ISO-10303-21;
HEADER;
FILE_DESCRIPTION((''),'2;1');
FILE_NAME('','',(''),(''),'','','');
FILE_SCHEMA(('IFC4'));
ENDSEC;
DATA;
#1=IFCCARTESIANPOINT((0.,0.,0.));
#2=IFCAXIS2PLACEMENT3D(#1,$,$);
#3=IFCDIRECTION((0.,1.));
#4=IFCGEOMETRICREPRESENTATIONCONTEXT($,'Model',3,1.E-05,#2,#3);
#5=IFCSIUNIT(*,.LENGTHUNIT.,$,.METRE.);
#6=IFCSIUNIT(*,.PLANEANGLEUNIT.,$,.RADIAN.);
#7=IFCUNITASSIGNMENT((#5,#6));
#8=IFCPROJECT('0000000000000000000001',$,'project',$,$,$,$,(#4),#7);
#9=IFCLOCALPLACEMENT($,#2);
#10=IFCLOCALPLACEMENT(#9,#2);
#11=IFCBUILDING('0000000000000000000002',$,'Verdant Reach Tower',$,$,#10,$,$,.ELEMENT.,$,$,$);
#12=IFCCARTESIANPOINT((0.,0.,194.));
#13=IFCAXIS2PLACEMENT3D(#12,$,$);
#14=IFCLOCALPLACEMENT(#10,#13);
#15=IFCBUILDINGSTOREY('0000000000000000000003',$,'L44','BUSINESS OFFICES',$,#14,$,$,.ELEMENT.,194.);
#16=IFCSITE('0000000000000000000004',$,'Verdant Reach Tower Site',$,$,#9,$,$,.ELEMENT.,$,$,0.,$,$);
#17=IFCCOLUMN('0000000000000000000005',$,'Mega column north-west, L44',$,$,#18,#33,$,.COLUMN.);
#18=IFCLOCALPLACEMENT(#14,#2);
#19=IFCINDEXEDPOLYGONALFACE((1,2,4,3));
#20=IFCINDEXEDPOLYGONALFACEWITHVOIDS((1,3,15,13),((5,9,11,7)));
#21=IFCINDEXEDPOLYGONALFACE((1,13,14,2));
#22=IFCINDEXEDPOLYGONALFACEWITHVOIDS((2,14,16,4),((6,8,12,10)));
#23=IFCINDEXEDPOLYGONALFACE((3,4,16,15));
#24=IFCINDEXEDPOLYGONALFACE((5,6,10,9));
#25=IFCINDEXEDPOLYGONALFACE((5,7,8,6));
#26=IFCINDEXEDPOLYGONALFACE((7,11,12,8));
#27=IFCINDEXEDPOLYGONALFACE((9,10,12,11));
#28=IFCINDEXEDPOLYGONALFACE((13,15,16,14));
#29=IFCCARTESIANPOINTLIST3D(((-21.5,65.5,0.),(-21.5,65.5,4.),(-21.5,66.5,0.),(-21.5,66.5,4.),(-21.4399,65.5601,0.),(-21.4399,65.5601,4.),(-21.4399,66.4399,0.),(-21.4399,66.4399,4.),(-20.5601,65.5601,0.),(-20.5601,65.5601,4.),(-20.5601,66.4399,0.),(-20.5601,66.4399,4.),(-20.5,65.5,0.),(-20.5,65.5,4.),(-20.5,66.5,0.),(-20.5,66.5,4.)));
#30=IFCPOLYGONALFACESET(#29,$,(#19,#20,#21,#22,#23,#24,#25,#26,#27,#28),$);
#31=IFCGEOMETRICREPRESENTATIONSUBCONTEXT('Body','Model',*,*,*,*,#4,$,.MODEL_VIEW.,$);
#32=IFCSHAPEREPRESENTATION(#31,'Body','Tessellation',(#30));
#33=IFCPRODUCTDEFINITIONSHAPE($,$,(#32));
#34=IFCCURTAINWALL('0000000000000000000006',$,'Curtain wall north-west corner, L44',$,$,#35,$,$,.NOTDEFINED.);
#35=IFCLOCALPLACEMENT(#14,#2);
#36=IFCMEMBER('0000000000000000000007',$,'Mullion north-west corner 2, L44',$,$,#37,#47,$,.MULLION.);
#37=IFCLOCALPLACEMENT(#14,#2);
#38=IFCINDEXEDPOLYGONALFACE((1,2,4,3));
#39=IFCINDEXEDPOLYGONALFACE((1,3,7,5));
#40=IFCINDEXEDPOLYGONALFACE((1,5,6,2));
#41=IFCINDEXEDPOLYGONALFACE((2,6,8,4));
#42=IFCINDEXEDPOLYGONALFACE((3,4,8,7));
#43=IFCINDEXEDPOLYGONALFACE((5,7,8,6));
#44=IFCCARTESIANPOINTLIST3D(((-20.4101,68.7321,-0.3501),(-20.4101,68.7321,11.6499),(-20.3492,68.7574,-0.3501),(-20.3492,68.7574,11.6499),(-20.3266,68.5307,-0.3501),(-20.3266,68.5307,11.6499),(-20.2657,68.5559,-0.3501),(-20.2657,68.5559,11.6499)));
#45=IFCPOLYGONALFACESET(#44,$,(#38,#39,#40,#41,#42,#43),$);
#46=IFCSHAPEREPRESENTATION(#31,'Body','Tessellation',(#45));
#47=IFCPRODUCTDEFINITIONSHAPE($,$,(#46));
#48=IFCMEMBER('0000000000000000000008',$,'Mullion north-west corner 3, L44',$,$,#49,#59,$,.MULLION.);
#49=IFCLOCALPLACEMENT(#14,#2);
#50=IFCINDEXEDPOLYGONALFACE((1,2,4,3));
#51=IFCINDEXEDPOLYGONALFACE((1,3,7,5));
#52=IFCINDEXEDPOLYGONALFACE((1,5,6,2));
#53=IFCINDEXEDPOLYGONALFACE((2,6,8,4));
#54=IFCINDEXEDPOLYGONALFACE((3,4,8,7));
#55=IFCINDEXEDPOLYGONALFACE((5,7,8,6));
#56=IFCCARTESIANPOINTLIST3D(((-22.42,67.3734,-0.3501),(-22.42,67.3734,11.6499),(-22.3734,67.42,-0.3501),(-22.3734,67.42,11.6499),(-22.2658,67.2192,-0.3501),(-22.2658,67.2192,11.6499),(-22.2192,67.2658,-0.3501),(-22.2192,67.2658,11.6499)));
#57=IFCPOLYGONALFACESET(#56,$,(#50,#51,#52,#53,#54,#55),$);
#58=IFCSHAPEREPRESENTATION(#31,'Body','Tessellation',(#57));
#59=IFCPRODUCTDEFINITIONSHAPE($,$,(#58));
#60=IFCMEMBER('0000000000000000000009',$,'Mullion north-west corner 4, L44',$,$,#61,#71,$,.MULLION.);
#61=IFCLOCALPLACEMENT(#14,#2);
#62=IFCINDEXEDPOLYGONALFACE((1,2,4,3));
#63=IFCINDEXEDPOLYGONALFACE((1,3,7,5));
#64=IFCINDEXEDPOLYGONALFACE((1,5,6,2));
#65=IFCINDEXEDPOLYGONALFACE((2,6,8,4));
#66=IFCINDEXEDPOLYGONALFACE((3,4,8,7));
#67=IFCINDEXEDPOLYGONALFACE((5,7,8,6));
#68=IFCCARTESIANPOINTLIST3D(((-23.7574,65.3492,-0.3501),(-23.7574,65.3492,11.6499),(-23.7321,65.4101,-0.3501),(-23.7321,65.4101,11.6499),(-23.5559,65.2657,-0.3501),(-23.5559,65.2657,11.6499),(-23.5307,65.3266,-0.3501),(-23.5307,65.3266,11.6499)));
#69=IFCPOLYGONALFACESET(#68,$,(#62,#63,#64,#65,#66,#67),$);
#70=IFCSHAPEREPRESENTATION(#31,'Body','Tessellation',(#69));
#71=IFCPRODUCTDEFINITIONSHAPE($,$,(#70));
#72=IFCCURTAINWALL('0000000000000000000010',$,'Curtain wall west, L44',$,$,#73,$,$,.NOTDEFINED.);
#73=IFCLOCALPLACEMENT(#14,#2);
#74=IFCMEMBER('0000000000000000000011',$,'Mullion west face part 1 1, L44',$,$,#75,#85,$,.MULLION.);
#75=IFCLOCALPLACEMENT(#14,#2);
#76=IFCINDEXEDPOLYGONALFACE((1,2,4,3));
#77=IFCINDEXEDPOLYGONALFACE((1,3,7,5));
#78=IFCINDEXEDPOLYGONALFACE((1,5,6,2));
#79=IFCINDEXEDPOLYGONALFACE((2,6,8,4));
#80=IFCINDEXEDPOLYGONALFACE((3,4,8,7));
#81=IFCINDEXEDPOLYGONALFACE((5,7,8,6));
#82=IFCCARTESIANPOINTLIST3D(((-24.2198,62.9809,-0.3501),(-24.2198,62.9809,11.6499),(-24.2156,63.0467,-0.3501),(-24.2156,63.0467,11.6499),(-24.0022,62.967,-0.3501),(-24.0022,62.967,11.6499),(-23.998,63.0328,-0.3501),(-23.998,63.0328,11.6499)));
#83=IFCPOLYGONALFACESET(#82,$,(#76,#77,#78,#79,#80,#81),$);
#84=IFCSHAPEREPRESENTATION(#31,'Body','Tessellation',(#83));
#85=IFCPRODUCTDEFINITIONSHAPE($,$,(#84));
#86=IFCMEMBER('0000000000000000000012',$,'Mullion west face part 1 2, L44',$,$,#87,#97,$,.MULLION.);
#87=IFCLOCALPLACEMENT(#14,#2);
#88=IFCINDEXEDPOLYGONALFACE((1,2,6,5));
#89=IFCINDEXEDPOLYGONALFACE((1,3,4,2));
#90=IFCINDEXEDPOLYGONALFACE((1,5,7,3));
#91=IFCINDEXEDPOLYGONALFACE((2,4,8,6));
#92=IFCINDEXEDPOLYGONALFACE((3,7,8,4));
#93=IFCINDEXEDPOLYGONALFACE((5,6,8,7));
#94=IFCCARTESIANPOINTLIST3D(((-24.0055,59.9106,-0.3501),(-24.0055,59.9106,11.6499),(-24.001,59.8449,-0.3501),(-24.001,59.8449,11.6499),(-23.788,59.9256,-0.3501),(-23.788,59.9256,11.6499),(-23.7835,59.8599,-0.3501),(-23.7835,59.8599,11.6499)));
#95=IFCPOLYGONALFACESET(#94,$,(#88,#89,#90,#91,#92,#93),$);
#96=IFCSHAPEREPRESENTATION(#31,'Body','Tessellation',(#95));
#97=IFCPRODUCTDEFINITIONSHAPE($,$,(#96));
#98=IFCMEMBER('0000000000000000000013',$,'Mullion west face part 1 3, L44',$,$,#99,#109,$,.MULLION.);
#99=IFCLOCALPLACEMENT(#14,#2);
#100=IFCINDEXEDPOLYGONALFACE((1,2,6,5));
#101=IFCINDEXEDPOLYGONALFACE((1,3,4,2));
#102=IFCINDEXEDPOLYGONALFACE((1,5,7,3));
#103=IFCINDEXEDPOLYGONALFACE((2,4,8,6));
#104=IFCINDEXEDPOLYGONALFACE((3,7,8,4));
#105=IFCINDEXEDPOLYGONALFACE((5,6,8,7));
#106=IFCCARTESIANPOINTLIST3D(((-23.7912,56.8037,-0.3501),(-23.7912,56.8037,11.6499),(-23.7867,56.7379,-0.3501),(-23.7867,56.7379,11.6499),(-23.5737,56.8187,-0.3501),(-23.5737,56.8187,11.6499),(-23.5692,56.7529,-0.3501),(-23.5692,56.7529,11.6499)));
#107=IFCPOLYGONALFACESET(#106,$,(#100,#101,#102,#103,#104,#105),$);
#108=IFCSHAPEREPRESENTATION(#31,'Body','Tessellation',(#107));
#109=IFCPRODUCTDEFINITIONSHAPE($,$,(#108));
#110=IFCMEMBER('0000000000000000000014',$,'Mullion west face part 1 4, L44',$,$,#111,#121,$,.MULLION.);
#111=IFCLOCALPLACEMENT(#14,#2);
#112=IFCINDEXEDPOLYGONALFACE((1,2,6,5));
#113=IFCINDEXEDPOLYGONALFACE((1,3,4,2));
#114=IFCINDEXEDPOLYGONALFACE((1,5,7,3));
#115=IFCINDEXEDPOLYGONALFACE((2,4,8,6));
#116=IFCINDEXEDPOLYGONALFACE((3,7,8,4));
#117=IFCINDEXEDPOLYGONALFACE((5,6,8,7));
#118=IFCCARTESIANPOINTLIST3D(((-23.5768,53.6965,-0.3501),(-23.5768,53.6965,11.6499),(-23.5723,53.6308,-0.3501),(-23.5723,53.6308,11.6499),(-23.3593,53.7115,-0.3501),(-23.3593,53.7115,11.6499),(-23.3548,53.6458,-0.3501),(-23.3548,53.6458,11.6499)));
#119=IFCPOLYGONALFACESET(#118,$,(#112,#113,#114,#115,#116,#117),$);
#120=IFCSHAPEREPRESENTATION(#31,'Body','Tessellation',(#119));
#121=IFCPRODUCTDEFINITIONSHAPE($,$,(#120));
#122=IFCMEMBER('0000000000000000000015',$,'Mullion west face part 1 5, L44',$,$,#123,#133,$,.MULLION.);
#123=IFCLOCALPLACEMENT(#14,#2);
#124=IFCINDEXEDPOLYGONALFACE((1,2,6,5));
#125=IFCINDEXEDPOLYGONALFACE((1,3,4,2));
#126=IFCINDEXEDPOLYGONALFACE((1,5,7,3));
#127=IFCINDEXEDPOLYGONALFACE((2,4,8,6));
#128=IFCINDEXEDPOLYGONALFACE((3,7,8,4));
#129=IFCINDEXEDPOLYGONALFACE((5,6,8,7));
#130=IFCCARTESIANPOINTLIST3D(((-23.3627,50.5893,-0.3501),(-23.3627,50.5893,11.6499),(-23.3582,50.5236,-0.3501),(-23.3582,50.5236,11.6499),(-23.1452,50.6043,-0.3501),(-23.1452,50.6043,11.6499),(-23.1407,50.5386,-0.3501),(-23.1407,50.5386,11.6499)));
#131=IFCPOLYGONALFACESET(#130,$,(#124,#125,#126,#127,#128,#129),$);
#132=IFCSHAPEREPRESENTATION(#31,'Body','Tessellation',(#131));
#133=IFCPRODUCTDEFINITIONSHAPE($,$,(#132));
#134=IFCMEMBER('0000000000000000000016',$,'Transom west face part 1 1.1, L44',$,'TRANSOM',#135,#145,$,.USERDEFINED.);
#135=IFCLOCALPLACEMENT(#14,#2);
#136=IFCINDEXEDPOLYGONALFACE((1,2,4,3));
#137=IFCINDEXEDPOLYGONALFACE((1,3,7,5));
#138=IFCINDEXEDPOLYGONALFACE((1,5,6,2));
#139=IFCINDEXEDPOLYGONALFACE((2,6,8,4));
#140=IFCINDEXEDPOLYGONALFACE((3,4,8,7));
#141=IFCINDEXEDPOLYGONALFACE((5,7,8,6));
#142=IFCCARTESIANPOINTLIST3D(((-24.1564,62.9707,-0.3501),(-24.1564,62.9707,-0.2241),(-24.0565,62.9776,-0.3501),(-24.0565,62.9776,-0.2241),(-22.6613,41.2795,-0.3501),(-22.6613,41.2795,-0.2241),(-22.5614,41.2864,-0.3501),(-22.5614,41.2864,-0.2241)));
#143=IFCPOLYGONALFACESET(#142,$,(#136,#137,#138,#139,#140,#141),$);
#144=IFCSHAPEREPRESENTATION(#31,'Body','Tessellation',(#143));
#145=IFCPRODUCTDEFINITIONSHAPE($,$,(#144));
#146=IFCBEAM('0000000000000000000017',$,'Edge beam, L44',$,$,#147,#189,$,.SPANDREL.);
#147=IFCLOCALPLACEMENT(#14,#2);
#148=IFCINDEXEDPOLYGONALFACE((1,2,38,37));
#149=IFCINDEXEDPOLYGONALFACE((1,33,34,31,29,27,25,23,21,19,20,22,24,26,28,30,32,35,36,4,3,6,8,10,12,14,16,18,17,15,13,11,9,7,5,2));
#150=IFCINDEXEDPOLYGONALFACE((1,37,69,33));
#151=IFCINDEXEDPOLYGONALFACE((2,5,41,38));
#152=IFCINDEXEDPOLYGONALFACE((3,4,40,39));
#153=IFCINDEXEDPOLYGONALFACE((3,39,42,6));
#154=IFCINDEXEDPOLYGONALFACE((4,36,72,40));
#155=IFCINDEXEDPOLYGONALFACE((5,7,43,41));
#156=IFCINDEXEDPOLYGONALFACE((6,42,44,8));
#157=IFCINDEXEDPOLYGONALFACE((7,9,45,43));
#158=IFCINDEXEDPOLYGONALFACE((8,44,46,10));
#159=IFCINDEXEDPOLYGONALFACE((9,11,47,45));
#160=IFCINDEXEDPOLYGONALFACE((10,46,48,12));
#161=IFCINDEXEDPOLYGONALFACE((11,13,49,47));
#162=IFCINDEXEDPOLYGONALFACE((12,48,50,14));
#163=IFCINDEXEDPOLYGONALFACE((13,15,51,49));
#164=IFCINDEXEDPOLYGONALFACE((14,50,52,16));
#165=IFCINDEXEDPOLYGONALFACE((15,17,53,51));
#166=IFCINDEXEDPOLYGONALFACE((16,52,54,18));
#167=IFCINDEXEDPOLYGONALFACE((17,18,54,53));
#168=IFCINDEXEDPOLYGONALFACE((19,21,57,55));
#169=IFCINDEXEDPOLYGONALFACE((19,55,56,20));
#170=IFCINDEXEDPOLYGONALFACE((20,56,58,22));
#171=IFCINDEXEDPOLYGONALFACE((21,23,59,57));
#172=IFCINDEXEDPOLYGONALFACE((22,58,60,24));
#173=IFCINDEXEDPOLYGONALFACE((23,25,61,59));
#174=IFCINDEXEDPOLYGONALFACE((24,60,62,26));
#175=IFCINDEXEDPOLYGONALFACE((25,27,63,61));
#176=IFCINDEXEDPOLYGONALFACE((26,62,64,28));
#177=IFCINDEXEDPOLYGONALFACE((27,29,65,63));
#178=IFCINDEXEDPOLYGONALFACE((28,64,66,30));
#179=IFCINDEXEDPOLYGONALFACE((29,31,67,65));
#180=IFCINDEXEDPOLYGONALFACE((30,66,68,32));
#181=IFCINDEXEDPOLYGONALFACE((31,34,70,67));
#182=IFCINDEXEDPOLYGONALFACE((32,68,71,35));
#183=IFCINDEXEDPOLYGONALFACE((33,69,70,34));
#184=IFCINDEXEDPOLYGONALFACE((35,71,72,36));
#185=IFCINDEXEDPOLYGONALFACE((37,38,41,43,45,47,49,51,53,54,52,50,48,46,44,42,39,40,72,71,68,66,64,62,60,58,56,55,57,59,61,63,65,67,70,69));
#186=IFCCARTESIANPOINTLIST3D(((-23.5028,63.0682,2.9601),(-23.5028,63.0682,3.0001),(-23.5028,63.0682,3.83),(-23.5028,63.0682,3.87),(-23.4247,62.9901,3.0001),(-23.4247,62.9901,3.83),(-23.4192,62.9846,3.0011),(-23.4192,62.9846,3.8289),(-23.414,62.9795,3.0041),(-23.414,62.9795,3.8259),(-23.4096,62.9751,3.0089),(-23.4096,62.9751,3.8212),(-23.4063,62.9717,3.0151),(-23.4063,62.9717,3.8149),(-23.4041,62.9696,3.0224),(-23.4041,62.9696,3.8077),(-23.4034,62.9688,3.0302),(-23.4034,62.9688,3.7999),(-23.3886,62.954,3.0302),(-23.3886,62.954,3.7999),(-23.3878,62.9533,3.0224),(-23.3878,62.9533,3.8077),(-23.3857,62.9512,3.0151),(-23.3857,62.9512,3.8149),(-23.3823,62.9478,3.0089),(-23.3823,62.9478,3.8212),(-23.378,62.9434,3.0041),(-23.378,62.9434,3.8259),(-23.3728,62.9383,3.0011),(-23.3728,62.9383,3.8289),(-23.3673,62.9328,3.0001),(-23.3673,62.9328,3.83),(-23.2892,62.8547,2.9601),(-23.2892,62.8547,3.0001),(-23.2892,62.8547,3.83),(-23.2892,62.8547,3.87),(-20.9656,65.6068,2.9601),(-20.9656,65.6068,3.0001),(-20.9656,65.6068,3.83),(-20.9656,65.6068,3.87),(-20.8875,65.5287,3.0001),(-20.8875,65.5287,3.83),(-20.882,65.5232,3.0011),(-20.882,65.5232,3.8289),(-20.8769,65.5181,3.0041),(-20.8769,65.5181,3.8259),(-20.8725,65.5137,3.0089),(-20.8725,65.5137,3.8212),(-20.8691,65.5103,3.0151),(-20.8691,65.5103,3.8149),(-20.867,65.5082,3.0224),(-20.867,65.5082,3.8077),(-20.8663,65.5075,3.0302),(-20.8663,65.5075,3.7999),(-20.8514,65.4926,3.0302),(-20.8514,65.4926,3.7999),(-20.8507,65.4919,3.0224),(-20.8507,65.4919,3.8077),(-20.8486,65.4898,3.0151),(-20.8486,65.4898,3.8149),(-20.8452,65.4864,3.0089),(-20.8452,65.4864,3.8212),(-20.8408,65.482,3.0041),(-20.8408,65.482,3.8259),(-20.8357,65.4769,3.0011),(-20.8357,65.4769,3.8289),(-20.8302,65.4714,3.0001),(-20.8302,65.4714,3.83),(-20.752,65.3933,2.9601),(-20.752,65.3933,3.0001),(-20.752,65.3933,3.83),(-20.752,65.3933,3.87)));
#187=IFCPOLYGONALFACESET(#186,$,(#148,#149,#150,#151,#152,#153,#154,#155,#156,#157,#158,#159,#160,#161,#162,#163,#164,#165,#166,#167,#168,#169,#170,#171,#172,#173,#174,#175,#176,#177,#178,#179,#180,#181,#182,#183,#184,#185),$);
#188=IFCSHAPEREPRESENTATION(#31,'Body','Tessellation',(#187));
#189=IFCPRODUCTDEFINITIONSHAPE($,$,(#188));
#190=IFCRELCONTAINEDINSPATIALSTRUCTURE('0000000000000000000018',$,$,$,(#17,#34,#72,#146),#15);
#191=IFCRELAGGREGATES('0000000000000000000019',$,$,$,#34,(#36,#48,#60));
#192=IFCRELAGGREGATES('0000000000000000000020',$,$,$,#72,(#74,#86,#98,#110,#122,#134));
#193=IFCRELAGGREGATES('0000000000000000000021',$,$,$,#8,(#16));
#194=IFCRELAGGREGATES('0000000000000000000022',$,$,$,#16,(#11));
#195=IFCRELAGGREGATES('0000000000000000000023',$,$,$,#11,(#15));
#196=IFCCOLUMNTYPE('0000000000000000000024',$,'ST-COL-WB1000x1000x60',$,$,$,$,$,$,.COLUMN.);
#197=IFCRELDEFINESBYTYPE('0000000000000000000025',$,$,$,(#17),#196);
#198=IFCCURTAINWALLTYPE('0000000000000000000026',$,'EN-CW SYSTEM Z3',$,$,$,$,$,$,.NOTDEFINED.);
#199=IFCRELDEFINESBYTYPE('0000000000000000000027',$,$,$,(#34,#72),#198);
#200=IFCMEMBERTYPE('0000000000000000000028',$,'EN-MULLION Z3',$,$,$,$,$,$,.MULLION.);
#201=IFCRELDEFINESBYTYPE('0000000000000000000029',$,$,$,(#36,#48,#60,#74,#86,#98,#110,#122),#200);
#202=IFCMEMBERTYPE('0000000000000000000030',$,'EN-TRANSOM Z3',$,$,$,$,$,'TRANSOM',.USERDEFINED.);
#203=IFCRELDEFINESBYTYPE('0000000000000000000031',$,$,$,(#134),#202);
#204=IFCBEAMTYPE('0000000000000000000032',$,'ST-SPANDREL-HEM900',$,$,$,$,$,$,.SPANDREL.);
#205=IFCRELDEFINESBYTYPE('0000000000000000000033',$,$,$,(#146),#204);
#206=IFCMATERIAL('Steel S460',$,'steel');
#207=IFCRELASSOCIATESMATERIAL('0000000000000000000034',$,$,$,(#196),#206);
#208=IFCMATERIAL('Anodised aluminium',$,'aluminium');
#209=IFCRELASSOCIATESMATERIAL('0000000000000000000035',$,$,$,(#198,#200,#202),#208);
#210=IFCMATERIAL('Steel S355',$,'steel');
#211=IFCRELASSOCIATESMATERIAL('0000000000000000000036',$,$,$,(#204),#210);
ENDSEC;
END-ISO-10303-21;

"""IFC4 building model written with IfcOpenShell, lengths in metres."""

from ifc_helpers import new_model, si_unit, direction, frame, origin, origin_2d, place, context, subcontext, project, spatial, rectangle, hollow_rectangle, i_section, extrude, material, material_profile, profile_set, type_object, element, aggregate, save


model = new_model("IFC4")

# Units and contexts
model_context = context("Model", 3, precision=1e-05, world=origin(), true_north=direction((0.0, 1.0)))
body_context = subcontext(model_context, "Body", "Model", "MODEL_VIEW")
ifc_project = project(units=[si_unit("LENGTHUNIT", "METRE"), si_unit("PLANEANGLEUNIT", "RADIAN")], contexts=[model_context])

# Site, building, storey
site_placement = place(None, origin())
site = spatial("IfcSite", under=ifc_project, at=site_placement, Name="Verdant Reach Tower Site", CompositionType="ELEMENT", RefElevation=0.0)
building_placement = place(site_placement, origin())
building = spatial("IfcBuilding", under=site, at=building_placement, Name="Verdant Reach Tower", CompositionType="ELEMENT")
storey_placement = place(building_placement, frame((0.0, 0.0, 194.0)))
storey = spatial("IfcBuildingStorey", under=building, at=storey_placement, Name="L44", Description="BUSINESS OFFICES", CompositionType="ELEMENT", Elevation=194.0)

# Column
ifc_material_1 = material(Name="Steel S460", Category="steel")
ifc_material_profile_1 = material_profile(ifc_material_1, hollow_rectangle(XDim=1.0, YDim=1.0, WallThickness=0.0601, at=origin_2d()), Name="WB 1000x1000x60")
ifc_profile_set_1 = profile_set([ifc_material_profile_1], Name="Steel S460")
column_type = type_object("IfcColumnType", Name="ST-COL-WB1000x1000x60", PredefinedType="COLUMN", material=ifc_profile_set_1)
column_placement = place(storey_placement, frame((-21.0, 66.0, 0.0), z_axis=(0.0, 0.0, 1.0), x_axis=(1.0, 0.0, 0.0)))
element("IfcColumn", 1, at=column_placement, inside=storey, type_object=column_type, Name="Mega column north-west, L44", PredefinedType="COLUMN", context=body_context, shape_type="SweptSolid", body=[
    extrude(hollow_rectangle(XDim=1.0, YDim=1.0, WallThickness=0.0601, at=origin_2d()), origin(), (0.0, 0.0, 1.0), 4.0),
])

# Curtain walls, members
ifc_material_2 = material(Name="Anodised aluminium", Category="aluminium")
curtain_wall_type = type_object("IfcCurtainWallType", Name="EN-CW SYSTEM Z3", PredefinedType="NOTDEFINED", material=ifc_material_2)
curtain_wall_1_placement = place(storey_placement, origin())
curtain_wall_1 = element("IfcCurtainWall", 2, at=curtain_wall_1_placement, inside=storey, type_object=curtain_wall_type, Name="Curtain wall north-west corner, L44", PredefinedType="NOTDEFINED")
ifc_material_profile_2 = material_profile(ifc_material_2, rectangle(XDim=0.218, YDim=0.0659, at=origin_2d()), Name="Mullion 66x218")
ifc_profile_set_2 = profile_set([ifc_material_profile_2], Name="Anodised aluminium")
member_type_1 = type_object("IfcMemberType", Name="EN-MULLION Z3", PredefinedType="MULLION", material=ifc_profile_set_2)
member_1_placement = place(storey_placement, frame((-20.3379, 68.644, -0.3501), z_axis=(0.0, 0.0, 1.0), x_axis=(-0.382694, 0.923875, 0.0)))
member_1 = element("IfcMember", 3, at=member_1_placement, type_object=member_type_1, Name="Mullion north-west corner 2, L44", PredefinedType="MULLION", context=body_context, shape_type="SweptSolid", body=[
    extrude(rectangle(XDim=0.218, YDim=0.0659, at=origin_2d()), origin(), (0.0, 0.0, 1.0), 12.0),
])
member_2_placement = place(storey_placement, frame((-22.3196, 67.3196, -0.3501), z_axis=(0.0, 0.0, 1.0), x_axis=(-0.707107, 0.707107, 0.0)))
member_2 = element("IfcMember", 4, at=member_2_placement, type_object=member_type_1, Name="Mullion north-west corner 3, L44", PredefinedType="MULLION", context=body_context, shape_type="SweptSolid", body=[
    extrude(rectangle(XDim=0.218, YDim=0.0659, at=origin_2d()), origin(), (0.0, 0.0, 1.0), 12.0),
])
member_3_placement = place(storey_placement, frame((-23.644, 65.3379, -0.3501), z_axis=(0.0, 0.0, 1.0), x_axis=(-0.923875, 0.382694, 0.0)))
member_3 = element("IfcMember", 5, at=member_3_placement, type_object=member_type_1, Name="Mullion north-west corner 4, L44", PredefinedType="MULLION", context=body_context, shape_type="SweptSolid", body=[
    extrude(rectangle(XDim=0.218, YDim=0.0659, at=origin_2d()), origin(), (0.0, 0.0, 1.0), 12.0),
])
curtain_wall_2_placement = place(storey_placement, origin())
curtain_wall_2 = element("IfcCurtainWall", 6, at=curtain_wall_2_placement, inside=storey, type_object=curtain_wall_type, Name="Curtain wall west, L44", PredefinedType="NOTDEFINED")
member_4_placement = place(storey_placement, frame((-24.1089, 63.0068, -0.3501), z_axis=(0.0, 0.0, 1.0), x_axis=(-0.997969, 0.063699, 0.0)))
member_4 = element("IfcMember", 7, at=member_4_placement, type_object=member_type_1, Name="Mullion west face part 1 1, L44", PredefinedType="MULLION", context=body_context, shape_type="SweptSolid", body=[
    extrude(rectangle(XDim=0.218, YDim=0.0659, at=origin_2d()), origin(), (0.0, 0.0, 1.0), 12.0),
])
member_5_placement = place(storey_placement, frame((-23.8945, 59.8853, -0.3501), z_axis=(0.0, 0.0, 1.0), x_axis=(-0.99763, -0.068802, 0.0)))
member_5 = element("IfcMember", 8, at=member_5_placement, type_object=member_type_1, Name="Mullion west face part 1 2, L44", PredefinedType="MULLION", context=body_context, shape_type="SweptSolid", body=[
    extrude(rectangle(XDim=0.218, YDim=0.0659, at=origin_2d()), origin(), (0.0, 0.0, 1.0), 12.0),
])
member_6_placement = place(storey_placement, frame((-23.6802, 56.7783, -0.3501), z_axis=(0.0, 0.0, 1.0), x_axis=(-0.99763, -0.068802, 0.0)))
member_6 = element("IfcMember", 9, at=member_6_placement, type_object=member_type_1, Name="Mullion west face part 1 3, L44", PredefinedType="MULLION", context=body_context, shape_type="SweptSolid", body=[
    extrude(rectangle(XDim=0.218, YDim=0.0659, at=origin_2d()), origin(), (0.0, 0.0, 1.0), 12.0),
])
member_7_placement = place(storey_placement, frame((-23.4658, 53.6711, -0.3501), z_axis=(0.0, 0.0, 1.0), x_axis=(-0.99763, -0.068802, 0.0)))
member_7 = element("IfcMember", 10, at=member_7_placement, type_object=member_type_1, Name="Mullion west face part 1 4, L44", PredefinedType="MULLION", context=body_context, shape_type="SweptSolid", body=[
    extrude(rectangle(XDim=0.218, YDim=0.0659, at=origin_2d()), origin(), (0.0, 0.0, 1.0), 12.0),
])
member_8_placement = place(storey_placement, frame((-23.2517, 50.564, -0.3501), z_axis=(0.0, 0.0, 1.0), x_axis=(-0.99763, -0.068802, 0.0)))
member_8 = element("IfcMember", 11, at=member_8_placement, type_object=member_type_1, Name="Mullion west face part 1 5, L44", PredefinedType="MULLION", context=body_context, shape_type="SweptSolid", body=[
    extrude(rectangle(XDim=0.218, YDim=0.0659, at=origin_2d()), origin(), (0.0, 0.0, 1.0), 12.0),
])
ifc_material_profile_3 = material_profile(ifc_material_2, rectangle(XDim=0.1001, YDim=0.126, at=origin_2d()), Name="Transom 126x100")
ifc_profile_set_3 = profile_set([ifc_material_profile_3], Name="Anodised aluminium")
member_type_2 = type_object("IfcMemberType", Name="EN-TRANSOM Z3", ElementType="TRANSOM", PredefinedType="USERDEFINED", material=ifc_profile_set_3)
member_9_placement = place(storey_placement, frame((-24.1064, 62.9741, -0.2871), z_axis=(0.068764, -0.997633, 0.0), x_axis=(0.997633, 0.068764, 0.0)))
member_9 = element("IfcMember", 12, at=member_9_placement, type_object=member_type_2, Name="Transom west face part 1 1.1, L44", ObjectType="TRANSOM", PredefinedType="USERDEFINED", context=body_context, shape_type="SweptSolid", body=[
    extrude(rectangle(XDim=0.1001, YDim=0.126, at=origin_2d()), origin(), (0.0, 0.0, 1.0), 21.7427),
])

# Beam
ifc_material_3 = material(Name="Steel S355", Category="steel")
ifc_material_profile_4 = material_profile(ifc_material_3, i_section(OverallWidth=0.302, OverallDepth=0.9099, WebThickness=0.021, FlangeThickness=0.04, FilletRadius=0.03, at=origin_2d()), Name="HEM 900")
ifc_profile_set_4 = profile_set([ifc_material_profile_4], Name="Steel S355")
beam_type = type_object("IfcBeamType", Name="ST-SPANDREL-HEM900", PredefinedType="SPANDREL", material=ifc_profile_set_4)
beam_1_placement = place(storey_placement, frame((-23.396, 62.9614, 3.415), z_axis=(0.706903, 0.707311, 0.0), x_axis=(-0.707311, 0.706903, 0.0)))
element("IfcBeam", 13, at=beam_1_placement, inside=storey, type_object=beam_type, Name="Edge beam, L44", PredefinedType="SPANDREL", context=body_context, shape_type="SweptSolid", body=[
    extrude(i_section(OverallWidth=0.302, OverallDepth=0.9099, WebThickness=0.021, FlangeThickness=0.04, FilletRadius=0.03, at=origin_2d()), origin(), (0.0, 0.0, 1.0), 3.5891),
])

aggregate(curtain_wall_1, [member_1, member_2, member_3])
aggregate(curtain_wall_2, [member_4, member_5, member_6, member_7, member_8, member_9])

save(model, "model.ifc")
